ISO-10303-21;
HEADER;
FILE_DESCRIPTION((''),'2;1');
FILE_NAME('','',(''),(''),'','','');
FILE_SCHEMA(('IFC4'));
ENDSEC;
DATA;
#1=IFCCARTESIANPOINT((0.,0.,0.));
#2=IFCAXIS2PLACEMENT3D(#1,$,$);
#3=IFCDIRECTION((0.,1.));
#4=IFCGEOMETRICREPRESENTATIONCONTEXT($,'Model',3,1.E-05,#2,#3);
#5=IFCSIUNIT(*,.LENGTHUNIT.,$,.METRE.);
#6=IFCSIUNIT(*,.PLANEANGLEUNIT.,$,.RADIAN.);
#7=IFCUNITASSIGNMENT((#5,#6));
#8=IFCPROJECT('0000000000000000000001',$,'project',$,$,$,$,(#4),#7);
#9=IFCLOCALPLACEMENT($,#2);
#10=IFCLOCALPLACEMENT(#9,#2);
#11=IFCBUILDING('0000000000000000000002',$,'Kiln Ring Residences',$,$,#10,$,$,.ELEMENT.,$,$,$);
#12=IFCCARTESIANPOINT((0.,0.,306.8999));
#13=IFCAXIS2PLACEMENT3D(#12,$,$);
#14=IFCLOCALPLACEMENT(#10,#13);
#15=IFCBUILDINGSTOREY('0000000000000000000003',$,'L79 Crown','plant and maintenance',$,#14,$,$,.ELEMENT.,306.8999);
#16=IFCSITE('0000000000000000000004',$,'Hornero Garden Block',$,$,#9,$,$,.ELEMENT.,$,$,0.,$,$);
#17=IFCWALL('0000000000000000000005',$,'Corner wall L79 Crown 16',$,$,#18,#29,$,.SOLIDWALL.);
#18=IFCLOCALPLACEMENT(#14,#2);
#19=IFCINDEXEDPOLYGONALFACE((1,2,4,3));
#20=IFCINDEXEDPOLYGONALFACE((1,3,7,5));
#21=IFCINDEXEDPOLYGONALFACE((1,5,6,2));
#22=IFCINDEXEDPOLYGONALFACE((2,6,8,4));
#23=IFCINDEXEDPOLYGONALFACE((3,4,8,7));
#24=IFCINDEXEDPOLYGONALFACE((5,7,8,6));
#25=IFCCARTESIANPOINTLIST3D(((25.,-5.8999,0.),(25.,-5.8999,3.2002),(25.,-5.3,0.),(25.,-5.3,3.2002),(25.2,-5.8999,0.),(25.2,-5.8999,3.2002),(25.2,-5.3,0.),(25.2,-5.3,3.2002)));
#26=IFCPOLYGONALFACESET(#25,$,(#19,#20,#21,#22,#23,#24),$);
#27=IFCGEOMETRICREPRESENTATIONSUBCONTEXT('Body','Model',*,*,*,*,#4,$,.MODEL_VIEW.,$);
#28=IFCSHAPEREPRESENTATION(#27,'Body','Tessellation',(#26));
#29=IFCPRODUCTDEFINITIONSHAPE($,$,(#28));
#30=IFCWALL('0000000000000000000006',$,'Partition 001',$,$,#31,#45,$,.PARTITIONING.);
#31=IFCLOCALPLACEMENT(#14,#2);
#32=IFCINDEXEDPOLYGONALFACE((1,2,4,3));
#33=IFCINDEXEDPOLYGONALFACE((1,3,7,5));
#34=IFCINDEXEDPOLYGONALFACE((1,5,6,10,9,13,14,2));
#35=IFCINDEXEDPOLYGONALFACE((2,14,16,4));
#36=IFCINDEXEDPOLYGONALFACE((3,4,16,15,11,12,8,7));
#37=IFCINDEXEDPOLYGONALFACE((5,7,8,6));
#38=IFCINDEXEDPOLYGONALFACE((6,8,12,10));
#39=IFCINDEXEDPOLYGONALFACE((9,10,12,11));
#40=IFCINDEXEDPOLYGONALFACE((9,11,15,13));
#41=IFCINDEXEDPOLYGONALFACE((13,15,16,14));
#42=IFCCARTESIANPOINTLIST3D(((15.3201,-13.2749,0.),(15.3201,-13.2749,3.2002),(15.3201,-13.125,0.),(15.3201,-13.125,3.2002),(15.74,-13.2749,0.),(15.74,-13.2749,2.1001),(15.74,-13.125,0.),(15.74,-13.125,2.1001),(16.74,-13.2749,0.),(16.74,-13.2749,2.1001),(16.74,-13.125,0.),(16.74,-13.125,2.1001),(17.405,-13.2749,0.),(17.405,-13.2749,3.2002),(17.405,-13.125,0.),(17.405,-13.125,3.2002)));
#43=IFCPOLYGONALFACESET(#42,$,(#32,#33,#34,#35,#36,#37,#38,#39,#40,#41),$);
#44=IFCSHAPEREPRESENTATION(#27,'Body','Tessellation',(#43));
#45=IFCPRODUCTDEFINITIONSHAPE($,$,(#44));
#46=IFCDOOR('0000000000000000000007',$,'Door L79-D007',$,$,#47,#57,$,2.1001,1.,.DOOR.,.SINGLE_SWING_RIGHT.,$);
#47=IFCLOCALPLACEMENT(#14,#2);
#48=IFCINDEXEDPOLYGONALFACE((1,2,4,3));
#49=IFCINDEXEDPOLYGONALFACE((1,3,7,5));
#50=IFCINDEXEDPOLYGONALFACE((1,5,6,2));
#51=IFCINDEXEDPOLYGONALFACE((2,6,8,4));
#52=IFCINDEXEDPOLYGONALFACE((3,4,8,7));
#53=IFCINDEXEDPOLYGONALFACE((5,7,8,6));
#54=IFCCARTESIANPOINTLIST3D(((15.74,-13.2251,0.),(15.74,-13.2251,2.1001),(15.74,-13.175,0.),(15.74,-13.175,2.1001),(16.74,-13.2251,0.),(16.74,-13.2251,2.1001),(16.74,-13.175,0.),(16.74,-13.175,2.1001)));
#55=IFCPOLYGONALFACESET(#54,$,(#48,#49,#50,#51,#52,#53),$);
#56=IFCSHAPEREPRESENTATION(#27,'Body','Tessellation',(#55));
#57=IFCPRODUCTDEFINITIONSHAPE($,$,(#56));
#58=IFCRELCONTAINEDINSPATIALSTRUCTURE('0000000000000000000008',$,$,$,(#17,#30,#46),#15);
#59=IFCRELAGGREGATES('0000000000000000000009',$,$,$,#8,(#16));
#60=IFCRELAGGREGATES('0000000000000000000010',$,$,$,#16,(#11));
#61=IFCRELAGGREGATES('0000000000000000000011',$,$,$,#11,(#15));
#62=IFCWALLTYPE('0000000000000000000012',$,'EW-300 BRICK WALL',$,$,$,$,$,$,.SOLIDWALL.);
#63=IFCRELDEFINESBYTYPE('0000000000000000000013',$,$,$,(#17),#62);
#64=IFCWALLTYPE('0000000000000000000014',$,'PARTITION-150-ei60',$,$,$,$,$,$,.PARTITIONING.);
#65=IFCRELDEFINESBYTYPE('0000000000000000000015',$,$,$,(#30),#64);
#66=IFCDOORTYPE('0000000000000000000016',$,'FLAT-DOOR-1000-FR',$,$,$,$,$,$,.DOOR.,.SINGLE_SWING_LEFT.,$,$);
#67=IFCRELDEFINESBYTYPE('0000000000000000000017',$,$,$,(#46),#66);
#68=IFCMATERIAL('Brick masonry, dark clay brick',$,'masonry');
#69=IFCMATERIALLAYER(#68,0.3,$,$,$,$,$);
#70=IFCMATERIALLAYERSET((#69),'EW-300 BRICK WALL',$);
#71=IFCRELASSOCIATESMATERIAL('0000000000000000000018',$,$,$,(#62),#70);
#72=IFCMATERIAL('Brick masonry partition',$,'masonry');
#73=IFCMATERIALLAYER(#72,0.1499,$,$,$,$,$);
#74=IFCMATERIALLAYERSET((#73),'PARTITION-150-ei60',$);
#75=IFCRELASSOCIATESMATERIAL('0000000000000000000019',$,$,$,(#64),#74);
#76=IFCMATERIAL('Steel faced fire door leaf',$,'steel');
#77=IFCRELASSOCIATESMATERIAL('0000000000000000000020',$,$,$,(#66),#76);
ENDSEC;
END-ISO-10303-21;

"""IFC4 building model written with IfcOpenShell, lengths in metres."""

from ifc_helpers import new_model, si_unit, direction, frame, frame_2d, origin, place, context, subcontext, project, spatial, polyline, rectangle, outline, extrude, material, layer, layer_set, type_object, element, fill, save


model = new_model("IFC4")

# Units and contexts
model_context = context("Model", 3, precision=1e-05, world=origin(), true_north=direction((0.0, 1.0)))
body_context = subcontext(model_context, "Body", "Model", "MODEL_VIEW")
ifc_project = project(units=[si_unit("LENGTHUNIT", "METRE"), si_unit("PLANEANGLEUNIT", "RADIAN")], contexts=[model_context])

# Site, building, storey
site_placement = place(None, origin())
site = spatial("IfcSite", under=ifc_project, at=site_placement, Name="Hornero Garden Block", CompositionType="ELEMENT", RefElevation=0.0)
building_placement = place(site_placement, origin())
building = spatial("IfcBuilding", under=site, at=building_placement, Name="Kiln Ring Residences", CompositionType="ELEMENT")
storey_placement = place(building_placement, frame((0.0, 0.0, 306.8999)))
storey = spatial("IfcBuildingStorey", under=building, at=storey_placement, Name="L79 Crown", Description="plant and maintenance", CompositionType="ELEMENT", Elevation=306.8999)

# Shared definitions
ifc_material_1 = material(Name="Brick masonry, dark clay brick", Category="masonry")
ifc_layer_1 = layer(ifc_material_1, 0.3)
ifc_layer_set_1 = layer_set([ifc_layer_1], Name="EW-300 BRICK WALL")
wall_type_1 = type_object("IfcWallType", Name="EW-300 BRICK WALL", PredefinedType="SOLIDWALL", material=ifc_layer_set_1)

# Wall
placement = place(storey_placement, origin())
element("IfcWall", 1, at=placement, inside=storey, type_object=wall_type_1, Name="Corner wall L79 Crown 16", PredefinedType="SOLIDWALL", context=body_context, shape_type="SweptSolid", body=[
    extrude(outline(polyline([(25.0, -5.8999), (25.2, -5.8999), (25.2, -5.3), (25.0, -5.3), (25.0, -5.8999)])), origin(), (0.0, 0.0, 1.0), 3.2002),
])

# Wall, opening, door
ifc_material_2 = material(Name="Brick masonry partition", Category="masonry")
ifc_layer_2 = layer(ifc_material_2, 0.1499)
ifc_layer_set_2 = layer_set([ifc_layer_2], Name="PARTITION-150-ei60")
wall_type_2 = type_object("IfcWallType", Name="PARTITION-150-ei60", PredefinedType="PARTITIONING", material=ifc_layer_set_2)
wall_1_placement = place(storey_placement, frame((15.3201, -13.2, 0.0), z_axis=(0.0, 0.0, 1.0), x_axis=(1.0, 0.0, 0.0)))
wall_1 = element("IfcWall", 2, at=wall_1_placement, inside=storey, type_object=wall_type_2, Name="Partition 001", PredefinedType="PARTITIONING", context=body_context, shape_type="SweptSolid", body=[
    extrude(rectangle(XDim=2.085, YDim=0.1499, at=frame_2d((1.0425, 0.0))), origin(), (0.0, 0.0, 1.0), 3.2002),
])
opening_1_placement = place(wall_1_placement, frame((0.4199, 0.0, 0.0)))
opening_1 = element("IfcOpeningElement", 3, at=opening_1_placement, cuts=wall_1, PredefinedType="OPENING", context=body_context, shape_type="SweptSolid", body=[
    extrude(rectangle(XDim=1.0, YDim=2.1001, at=frame_2d((0.5, 1.05))), frame((0.0, 0.085, 0.0), z_axis=(0.0, -1.0, 0.0), x_axis=(1.0, 0.0, 0.0)), (0.0, 0.0, 1.0), 0.1699),
])
ifc_material_3 = material(Name="Steel faced fire door leaf", Category="steel")
door_type = type_object("IfcDoorType", Name="FLAT-DOOR-1000-FR", OperationType="SINGLE_SWING_LEFT", PredefinedType="DOOR", material=ifc_material_3)
door_placement = place(opening_1_placement, origin())
door = element("IfcDoor", 4, at=door_placement, inside=storey, type_object=door_type, Name="Door L79-D007", OperationType="SINGLE_SWING_RIGHT", OverallHeight=2.1001, OverallWidth=1.0, PredefinedType="DOOR", context=body_context, shape_type="SweptSolid", body=[
    extrude(rectangle(XDim=1.0, YDim=2.1001, at=frame_2d((0.5, 1.05))), frame((0.0, 0.0249, 0.0), z_axis=(0.0, -1.0, 0.0), x_axis=(1.0, 0.0, 0.0)), (0.0, 0.0, 1.0), 0.05),
])
fill(opening_1, door)

save(model, "model.ifc")
